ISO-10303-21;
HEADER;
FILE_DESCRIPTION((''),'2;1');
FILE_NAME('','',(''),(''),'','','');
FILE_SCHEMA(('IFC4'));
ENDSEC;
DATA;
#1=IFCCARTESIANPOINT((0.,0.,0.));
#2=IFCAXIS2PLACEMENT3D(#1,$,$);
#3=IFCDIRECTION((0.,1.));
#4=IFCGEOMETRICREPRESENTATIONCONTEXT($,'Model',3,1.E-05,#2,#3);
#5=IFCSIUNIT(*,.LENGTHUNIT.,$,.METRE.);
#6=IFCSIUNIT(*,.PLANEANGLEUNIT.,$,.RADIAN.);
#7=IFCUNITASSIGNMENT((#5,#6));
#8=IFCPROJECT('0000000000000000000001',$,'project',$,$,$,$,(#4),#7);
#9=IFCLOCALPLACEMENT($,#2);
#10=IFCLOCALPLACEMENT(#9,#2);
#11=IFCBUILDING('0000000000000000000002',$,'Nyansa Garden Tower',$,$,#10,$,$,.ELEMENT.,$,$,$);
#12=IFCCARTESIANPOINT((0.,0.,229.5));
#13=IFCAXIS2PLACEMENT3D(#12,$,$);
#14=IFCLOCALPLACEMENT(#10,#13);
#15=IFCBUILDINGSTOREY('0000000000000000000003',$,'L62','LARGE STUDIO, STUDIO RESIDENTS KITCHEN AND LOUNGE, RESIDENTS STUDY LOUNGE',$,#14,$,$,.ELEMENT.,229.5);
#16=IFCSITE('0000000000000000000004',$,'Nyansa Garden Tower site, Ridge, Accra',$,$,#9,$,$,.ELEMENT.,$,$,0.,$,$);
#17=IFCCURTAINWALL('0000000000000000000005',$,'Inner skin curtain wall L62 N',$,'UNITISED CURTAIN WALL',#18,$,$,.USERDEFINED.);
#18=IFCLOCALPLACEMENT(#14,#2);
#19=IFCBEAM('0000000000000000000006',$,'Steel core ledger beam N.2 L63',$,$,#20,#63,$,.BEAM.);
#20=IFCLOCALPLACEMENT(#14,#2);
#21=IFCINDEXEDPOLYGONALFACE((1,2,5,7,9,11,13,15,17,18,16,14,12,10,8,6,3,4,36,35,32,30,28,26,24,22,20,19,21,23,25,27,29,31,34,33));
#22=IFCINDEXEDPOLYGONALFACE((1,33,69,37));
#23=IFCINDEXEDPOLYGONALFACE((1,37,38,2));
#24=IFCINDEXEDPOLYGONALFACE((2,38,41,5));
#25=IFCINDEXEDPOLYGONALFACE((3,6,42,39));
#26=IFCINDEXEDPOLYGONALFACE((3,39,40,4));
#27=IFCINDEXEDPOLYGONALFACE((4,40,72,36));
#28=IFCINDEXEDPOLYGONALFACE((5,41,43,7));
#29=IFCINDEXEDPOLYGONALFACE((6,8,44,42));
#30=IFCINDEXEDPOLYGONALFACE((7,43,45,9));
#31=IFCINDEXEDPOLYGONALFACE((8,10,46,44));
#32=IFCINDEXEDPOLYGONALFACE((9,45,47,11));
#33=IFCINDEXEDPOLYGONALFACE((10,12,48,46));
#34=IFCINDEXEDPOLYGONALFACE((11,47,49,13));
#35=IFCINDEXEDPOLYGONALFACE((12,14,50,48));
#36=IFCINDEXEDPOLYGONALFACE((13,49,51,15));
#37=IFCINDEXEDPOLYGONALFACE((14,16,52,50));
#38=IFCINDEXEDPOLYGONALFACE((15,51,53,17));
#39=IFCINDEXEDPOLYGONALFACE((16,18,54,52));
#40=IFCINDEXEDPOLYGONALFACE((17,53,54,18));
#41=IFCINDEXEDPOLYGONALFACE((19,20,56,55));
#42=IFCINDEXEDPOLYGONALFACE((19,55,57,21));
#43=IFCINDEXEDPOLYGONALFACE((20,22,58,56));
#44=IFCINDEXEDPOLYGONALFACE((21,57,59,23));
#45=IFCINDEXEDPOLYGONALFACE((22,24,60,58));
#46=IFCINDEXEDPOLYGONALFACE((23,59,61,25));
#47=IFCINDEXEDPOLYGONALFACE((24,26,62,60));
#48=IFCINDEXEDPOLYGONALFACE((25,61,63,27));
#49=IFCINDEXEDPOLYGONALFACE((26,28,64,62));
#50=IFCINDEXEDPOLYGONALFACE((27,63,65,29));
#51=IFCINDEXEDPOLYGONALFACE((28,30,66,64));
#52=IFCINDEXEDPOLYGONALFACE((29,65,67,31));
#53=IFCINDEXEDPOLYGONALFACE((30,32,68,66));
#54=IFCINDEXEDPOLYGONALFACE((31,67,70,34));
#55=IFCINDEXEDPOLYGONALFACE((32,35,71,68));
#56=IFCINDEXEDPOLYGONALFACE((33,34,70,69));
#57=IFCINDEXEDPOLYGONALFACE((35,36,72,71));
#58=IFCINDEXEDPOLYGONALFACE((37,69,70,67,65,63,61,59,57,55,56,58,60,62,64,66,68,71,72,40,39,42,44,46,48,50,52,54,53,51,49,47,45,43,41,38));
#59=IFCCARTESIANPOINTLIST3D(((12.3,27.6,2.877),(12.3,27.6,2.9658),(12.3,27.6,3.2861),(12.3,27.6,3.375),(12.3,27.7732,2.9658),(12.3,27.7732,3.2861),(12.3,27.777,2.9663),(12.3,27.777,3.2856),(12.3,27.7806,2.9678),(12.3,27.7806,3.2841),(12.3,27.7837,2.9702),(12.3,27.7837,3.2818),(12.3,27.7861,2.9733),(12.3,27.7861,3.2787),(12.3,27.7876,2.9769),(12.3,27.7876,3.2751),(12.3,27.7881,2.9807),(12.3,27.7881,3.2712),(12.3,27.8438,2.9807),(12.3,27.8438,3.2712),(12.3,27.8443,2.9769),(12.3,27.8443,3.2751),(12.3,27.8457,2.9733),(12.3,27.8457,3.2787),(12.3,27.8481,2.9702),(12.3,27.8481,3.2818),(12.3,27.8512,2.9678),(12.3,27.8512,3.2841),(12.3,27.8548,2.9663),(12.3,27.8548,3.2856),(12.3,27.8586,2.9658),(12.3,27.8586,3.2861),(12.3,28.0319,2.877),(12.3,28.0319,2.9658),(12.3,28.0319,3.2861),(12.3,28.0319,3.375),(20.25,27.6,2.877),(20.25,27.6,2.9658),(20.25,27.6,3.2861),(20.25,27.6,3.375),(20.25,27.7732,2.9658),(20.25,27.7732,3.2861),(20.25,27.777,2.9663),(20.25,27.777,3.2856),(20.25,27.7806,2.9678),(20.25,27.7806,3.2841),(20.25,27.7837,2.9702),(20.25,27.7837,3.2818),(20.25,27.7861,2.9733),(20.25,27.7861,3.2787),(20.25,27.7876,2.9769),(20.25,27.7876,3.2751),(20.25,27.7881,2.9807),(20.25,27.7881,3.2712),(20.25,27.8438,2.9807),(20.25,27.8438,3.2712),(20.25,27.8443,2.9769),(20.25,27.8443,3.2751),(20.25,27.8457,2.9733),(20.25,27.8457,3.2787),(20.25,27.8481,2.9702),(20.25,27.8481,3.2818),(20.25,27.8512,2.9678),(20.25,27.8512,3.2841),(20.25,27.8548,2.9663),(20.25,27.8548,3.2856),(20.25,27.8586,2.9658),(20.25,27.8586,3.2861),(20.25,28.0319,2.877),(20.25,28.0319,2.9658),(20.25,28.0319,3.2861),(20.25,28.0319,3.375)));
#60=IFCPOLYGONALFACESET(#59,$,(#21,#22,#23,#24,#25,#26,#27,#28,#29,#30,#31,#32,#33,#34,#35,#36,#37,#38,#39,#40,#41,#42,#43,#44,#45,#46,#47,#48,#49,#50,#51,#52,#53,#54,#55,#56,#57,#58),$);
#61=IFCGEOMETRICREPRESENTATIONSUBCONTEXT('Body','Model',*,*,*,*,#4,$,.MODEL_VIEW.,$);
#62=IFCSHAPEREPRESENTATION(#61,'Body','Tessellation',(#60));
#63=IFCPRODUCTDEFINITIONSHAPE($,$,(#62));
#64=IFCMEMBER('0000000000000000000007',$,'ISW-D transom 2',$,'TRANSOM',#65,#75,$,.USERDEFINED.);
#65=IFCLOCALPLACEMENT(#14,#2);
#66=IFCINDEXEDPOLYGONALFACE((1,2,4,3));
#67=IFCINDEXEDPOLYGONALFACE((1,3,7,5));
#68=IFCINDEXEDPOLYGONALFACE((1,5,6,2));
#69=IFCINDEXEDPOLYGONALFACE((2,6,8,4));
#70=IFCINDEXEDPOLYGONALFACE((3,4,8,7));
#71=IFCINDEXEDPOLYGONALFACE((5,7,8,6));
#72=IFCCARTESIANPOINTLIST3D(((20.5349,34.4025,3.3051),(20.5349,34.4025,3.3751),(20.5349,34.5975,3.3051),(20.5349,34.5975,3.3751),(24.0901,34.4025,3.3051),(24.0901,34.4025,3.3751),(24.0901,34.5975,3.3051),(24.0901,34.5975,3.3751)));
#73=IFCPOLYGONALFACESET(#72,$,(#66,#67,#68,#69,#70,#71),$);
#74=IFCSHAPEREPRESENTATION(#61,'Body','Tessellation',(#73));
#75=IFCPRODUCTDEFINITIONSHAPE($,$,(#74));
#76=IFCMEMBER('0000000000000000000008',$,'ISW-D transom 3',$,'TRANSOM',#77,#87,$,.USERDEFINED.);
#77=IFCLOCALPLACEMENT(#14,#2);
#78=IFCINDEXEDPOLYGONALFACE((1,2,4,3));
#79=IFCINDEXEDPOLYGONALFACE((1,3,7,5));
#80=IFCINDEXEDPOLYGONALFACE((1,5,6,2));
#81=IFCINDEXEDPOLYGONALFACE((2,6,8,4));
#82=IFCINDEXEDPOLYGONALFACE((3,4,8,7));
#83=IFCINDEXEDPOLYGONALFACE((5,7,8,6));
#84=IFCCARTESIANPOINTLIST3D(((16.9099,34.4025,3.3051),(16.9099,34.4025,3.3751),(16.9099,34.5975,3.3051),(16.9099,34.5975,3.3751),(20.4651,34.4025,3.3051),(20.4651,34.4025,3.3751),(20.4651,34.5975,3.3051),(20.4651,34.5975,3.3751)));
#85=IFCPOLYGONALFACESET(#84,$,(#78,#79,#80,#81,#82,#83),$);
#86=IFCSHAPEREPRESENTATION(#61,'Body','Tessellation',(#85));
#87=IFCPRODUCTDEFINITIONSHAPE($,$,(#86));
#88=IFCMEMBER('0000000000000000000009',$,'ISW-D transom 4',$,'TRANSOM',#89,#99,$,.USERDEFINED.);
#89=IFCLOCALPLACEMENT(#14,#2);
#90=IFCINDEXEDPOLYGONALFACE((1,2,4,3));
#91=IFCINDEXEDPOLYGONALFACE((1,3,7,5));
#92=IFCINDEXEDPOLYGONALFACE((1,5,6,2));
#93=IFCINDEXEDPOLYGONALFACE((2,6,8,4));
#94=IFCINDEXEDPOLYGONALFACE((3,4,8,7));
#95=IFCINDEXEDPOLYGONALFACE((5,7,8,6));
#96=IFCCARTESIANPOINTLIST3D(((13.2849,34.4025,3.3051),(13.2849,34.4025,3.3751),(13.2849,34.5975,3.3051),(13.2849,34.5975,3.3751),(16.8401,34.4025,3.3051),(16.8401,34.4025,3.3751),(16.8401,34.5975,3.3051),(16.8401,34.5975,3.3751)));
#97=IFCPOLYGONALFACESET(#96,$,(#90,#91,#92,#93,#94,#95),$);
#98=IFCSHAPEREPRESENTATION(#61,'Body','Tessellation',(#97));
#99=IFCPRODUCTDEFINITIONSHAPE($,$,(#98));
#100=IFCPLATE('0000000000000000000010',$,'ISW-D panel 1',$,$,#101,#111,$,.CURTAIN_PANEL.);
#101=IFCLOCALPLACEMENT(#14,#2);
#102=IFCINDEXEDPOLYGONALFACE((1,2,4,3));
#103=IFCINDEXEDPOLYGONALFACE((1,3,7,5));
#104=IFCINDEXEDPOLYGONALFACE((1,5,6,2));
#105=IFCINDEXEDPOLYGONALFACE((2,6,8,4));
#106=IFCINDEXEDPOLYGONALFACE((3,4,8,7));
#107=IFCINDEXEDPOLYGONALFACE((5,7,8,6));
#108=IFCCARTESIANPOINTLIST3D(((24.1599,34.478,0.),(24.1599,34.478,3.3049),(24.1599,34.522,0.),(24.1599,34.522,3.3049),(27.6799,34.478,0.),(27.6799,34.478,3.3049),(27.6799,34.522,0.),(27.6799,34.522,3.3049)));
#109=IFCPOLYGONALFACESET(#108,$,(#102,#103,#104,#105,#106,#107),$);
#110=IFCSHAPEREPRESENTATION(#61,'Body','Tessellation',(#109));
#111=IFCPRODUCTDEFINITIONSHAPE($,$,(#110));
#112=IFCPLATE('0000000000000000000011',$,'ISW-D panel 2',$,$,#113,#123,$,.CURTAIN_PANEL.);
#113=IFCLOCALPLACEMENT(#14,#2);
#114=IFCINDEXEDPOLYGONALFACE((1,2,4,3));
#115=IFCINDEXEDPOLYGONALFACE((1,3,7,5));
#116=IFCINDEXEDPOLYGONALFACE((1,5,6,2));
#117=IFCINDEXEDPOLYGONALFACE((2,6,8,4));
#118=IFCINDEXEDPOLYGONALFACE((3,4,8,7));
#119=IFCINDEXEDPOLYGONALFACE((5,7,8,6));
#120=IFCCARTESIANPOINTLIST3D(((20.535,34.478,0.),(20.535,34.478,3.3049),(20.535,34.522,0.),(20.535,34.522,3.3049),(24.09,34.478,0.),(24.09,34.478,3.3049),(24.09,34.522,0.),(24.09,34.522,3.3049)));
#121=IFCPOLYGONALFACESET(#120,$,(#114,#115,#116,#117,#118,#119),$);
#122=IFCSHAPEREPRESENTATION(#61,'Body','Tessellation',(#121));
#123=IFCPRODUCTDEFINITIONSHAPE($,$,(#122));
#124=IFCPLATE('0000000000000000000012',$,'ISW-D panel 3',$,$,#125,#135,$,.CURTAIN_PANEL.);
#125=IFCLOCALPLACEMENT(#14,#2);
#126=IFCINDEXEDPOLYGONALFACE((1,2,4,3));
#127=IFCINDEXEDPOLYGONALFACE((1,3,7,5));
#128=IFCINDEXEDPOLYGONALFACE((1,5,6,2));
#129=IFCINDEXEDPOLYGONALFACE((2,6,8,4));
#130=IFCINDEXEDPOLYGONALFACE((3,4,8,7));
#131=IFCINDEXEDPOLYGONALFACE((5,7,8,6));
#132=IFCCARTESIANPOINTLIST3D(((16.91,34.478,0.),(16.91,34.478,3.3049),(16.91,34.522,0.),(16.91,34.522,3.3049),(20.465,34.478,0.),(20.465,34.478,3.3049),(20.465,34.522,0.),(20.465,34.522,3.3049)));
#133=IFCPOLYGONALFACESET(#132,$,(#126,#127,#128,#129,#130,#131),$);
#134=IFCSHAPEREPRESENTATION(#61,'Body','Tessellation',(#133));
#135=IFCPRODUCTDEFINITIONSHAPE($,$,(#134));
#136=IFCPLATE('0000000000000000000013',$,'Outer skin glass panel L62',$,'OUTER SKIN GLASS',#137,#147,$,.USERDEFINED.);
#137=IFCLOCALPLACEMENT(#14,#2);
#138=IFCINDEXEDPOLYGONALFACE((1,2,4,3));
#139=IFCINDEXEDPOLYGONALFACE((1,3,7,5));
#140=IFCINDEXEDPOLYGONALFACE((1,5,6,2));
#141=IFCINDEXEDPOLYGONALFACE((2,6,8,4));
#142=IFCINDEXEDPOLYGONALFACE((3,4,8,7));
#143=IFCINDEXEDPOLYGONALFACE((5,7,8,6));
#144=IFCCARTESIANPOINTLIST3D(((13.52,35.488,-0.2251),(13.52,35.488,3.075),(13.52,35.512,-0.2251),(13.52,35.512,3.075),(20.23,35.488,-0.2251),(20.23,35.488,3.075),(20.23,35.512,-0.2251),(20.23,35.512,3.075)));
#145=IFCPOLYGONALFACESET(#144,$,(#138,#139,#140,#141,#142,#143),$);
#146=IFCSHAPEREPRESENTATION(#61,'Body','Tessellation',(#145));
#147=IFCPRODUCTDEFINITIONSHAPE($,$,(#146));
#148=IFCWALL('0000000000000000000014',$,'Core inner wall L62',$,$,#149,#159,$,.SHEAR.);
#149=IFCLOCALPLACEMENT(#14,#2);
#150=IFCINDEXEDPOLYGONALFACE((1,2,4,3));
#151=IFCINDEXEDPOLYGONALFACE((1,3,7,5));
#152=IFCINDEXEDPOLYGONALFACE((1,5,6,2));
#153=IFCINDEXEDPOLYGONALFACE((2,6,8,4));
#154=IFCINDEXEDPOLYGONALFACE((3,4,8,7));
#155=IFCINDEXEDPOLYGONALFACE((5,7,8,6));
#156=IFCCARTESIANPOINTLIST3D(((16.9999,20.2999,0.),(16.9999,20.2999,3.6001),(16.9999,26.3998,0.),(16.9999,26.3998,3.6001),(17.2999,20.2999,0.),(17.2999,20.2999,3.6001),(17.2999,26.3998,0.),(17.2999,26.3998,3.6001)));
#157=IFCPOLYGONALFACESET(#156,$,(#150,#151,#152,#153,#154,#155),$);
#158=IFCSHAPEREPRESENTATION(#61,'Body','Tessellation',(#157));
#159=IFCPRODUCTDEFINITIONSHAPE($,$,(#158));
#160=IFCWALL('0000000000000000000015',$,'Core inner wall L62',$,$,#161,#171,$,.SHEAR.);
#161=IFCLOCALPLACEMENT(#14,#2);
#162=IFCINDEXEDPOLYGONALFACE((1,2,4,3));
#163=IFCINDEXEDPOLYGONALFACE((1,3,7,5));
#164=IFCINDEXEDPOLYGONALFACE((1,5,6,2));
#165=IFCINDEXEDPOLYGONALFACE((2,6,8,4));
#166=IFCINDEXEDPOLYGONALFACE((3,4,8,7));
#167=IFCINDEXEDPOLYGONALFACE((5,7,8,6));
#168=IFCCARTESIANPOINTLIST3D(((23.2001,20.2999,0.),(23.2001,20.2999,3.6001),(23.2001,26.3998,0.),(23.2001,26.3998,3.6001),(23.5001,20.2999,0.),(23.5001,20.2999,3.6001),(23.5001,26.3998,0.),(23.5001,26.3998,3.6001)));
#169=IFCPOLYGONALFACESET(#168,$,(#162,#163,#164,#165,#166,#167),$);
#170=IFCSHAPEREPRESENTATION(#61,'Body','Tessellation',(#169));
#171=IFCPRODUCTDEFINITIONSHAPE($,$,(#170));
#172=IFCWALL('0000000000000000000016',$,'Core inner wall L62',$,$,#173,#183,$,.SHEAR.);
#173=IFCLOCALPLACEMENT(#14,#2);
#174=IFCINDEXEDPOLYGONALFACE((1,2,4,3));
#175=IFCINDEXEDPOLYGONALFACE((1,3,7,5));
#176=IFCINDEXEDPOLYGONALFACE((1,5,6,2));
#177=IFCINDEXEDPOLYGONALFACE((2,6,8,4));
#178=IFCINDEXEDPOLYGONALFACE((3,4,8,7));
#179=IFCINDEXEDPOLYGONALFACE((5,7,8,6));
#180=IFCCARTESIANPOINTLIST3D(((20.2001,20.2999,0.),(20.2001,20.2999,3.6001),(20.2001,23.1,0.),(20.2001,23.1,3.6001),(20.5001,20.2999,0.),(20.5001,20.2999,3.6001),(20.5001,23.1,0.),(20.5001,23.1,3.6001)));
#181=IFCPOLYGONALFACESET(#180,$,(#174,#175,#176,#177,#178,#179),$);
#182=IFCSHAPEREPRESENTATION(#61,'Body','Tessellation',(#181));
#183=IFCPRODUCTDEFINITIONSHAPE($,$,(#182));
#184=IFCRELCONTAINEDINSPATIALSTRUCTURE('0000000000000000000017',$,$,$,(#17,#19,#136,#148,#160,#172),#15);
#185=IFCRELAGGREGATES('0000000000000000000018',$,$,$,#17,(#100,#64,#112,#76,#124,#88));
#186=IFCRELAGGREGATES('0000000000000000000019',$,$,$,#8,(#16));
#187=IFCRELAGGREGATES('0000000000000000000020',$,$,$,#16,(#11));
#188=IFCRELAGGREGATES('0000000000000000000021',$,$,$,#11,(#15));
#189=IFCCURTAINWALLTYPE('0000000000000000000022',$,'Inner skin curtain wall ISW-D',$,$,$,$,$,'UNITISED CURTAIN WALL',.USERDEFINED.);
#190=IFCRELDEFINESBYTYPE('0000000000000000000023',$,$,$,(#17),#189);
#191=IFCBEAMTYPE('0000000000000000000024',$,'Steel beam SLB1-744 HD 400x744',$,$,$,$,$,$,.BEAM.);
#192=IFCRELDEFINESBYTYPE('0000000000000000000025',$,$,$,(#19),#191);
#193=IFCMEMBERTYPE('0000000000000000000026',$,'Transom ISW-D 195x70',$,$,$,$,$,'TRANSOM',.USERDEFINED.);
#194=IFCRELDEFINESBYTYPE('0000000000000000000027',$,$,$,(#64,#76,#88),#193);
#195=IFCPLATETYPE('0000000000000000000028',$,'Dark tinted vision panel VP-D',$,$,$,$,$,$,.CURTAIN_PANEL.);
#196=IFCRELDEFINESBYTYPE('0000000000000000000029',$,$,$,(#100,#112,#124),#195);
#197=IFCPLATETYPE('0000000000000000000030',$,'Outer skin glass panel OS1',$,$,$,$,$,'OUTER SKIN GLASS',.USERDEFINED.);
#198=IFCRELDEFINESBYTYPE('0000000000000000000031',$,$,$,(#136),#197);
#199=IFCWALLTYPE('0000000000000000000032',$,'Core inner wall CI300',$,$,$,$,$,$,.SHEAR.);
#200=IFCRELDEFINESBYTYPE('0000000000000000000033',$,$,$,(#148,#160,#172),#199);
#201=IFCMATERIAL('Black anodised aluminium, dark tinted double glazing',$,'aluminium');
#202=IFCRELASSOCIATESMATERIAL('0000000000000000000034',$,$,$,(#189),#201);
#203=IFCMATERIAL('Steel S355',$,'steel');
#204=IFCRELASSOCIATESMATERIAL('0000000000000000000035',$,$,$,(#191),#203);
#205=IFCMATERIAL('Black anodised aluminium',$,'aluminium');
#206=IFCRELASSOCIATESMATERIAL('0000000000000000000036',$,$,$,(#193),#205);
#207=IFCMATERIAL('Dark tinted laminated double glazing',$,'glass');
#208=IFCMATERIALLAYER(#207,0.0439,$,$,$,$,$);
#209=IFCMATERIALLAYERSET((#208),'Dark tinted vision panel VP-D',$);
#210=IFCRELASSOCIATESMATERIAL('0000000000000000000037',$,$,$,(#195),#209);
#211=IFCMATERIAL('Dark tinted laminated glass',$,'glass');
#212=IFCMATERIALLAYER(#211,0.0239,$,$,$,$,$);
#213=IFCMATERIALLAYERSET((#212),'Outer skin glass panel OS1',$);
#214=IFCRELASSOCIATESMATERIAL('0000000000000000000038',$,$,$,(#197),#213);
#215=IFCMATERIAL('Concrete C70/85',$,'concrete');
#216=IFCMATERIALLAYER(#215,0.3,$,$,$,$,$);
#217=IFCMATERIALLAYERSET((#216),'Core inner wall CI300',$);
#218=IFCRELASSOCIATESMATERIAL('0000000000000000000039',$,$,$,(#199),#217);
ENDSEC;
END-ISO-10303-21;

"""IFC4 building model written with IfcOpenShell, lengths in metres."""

from ifc_helpers import new_model, si_unit, direction, frame, frame_2d, origin, origin_2d, place, context, subcontext, project, spatial, rectangle, i_section, extrude, material, layer, layer_set, material_profile, profile_set, type_object, element, aggregate, save


model = new_model("IFC4")

# Units and contexts
model_context = context("Model", 3, precision=1e-05, world=origin(), true_north=direction((0.0, 1.0)))
body_context = subcontext(model_context, "Body", "Model", "MODEL_VIEW")
ifc_project = project(units=[si_unit("LENGTHUNIT", "METRE"), si_unit("PLANEANGLEUNIT", "RADIAN")], contexts=[model_context])

# Site, building, storey
site_placement = place(None, origin())
site = spatial("IfcSite", under=ifc_project, at=site_placement, Name="Nyansa Garden Tower site, Ridge, Accra", CompositionType="ELEMENT", RefElevation=0.0)
building_placement = place(site_placement, origin())
building = spatial("IfcBuilding", under=site, at=building_placement, Name="Nyansa Garden Tower", CompositionType="ELEMENT")
storey_placement = place(building_placement, frame((0.0, 0.0, 229.5)))
storey = spatial("IfcBuildingStorey", under=building, at=storey_placement, Name="L62", Description="LARGE STUDIO, STUDIO RESIDENTS KITCHEN AND LOUNGE, RESIDENTS STUDY LOUNGE", CompositionType="ELEMENT", Elevation=229.5)

# Curtain wall
ifc_material_1 = material(Name="Black anodised aluminium, dark tinted double glazing", Category="aluminium")
curtain_wall_type = type_object("IfcCurtainWallType", Name="Inner skin curtain wall ISW-D", ElementType="UNITISED CURTAIN WALL", PredefinedType="USERDEFINED", material=ifc_material_1)
curtain_wall_placement = place(storey_placement, origin())
curtain_wall = element("IfcCurtainWall", 1, at=curtain_wall_placement, inside=storey, type_object=curtain_wall_type, Name="Inner skin curtain wall L62 N", ObjectType="UNITISED CURTAIN WALL", PredefinedType="USERDEFINED")

# Beam
ifc_material_2 = material(Name="Steel S355", Category="steel")
ifc_material_profile_1 = material_profile(ifc_material_2, i_section(OverallWidth=0.4319, OverallDepth=0.498, WebThickness=0.0557, FlangeThickness=0.0889, FilletRadius=0.0149, at=origin_2d()), Name="HD 400x744")
ifc_profile_set_1 = profile_set([ifc_material_profile_1], Name="Steel S355")
beam_type_1 = type_object("IfcBeamType", Name="Steel beam SLB1-744 HD 400x744", PredefinedType="BEAM", material=ifc_profile_set_1)
beam_1_placement = place(storey_placement, frame((20.25, 27.8159, 3.126), z_axis=(-1.0, 0.0, 0.0), x_axis=(0.0, -1.0, 0.0)))
element("IfcBeam", 2, at=beam_1_placement, inside=storey, type_object=beam_type_1, Name="Steel core ledger beam N.2 L63", PredefinedType="BEAM", context=body_context, shape_type="SweptSolid", body=[
    extrude(i_section(OverallWidth=0.4319, OverallDepth=0.498, WebThickness=0.0557, FlangeThickness=0.0889, FilletRadius=0.0149, at=origin_2d()), origin(), (0.0, 0.0, 1.0), 7.95),
])

# Members
ifc_material_3 = material(Name="Black anodised aluminium", Category="aluminium")
ifc_material_profile_2 = material_profile(ifc_material_3, rectangle(XDim=0.1951, YDim=0.0701, at=origin_2d()), Name="Transom 195x70")
ifc_profile_set_2 = profile_set([ifc_material_profile_2], Name="Black anodised aluminium")
member_type_1 = type_object("IfcMemberType", Name="Transom ISW-D 195x70", ElementType="TRANSOM", PredefinedType="USERDEFINED", material=ifc_profile_set_2)
member_1_placement = place(storey_placement, frame((24.0901, 34.5, 3.3401), z_axis=(-1.0, 0.0, 0.0), x_axis=(0.0, -1.0, 0.0)))
member_1 = element("IfcMember", 3, at=member_1_placement, type_object=member_type_1, Name="ISW-D transom 2", ObjectType="TRANSOM", PredefinedType="USERDEFINED", context=body_context, shape_type="SweptSolid", body=[
    extrude(rectangle(XDim=0.1951, YDim=0.0701, at=origin_2d()), origin(), (0.0, 0.0, 1.0), 3.5552),
])
member_2_placement = place(storey_placement, frame((20.4651, 34.5, 3.3401), z_axis=(-1.0, 0.0, 0.0), x_axis=(0.0, -1.0, 0.0)))
member_2 = element("IfcMember", 4, at=member_2_placement, type_object=member_type_1, Name="ISW-D transom 3", ObjectType="TRANSOM", PredefinedType="USERDEFINED", context=body_context, shape_type="SweptSolid", body=[
    extrude(rectangle(XDim=0.1951, YDim=0.0701, at=origin_2d()), origin(), (0.0, 0.0, 1.0), 3.5552),
])
member_3_placement = place(storey_placement, frame((16.8401, 34.5, 3.3401), z_axis=(-1.0, 0.0, 0.0), x_axis=(0.0, -1.0, 0.0)))
member_3 = element("IfcMember", 5, at=member_3_placement, type_object=member_type_1, Name="ISW-D transom 4", ObjectType="TRANSOM", PredefinedType="USERDEFINED", context=body_context, shape_type="SweptSolid", body=[
    extrude(rectangle(XDim=0.1951, YDim=0.0701, at=origin_2d()), origin(), (0.0, 0.0, 1.0), 3.5552),
])

# Plates
ifc_material_4 = material(Name="Dark tinted laminated double glazing", Category="glass")
ifc_layer_1 = layer(ifc_material_4, 0.0439)
ifc_layer_set_1 = layer_set([ifc_layer_1], Name="Dark tinted vision panel VP-D")
plate_type_1 = type_object("IfcPlateType", Name="Dark tinted vision panel VP-D", PredefinedType="CURTAIN_PANEL", material=ifc_layer_set_1)
plate_1_placement = place(storey_placement, frame((25.9199, 34.5, 0.0), z_axis=(0.0, 0.0, 1.0), x_axis=(-1.0, 0.0, 0.0)))
plate_1 = element("IfcPlate", 6, at=plate_1_placement, type_object=plate_type_1, Name="ISW-D panel 1", PredefinedType="CURTAIN_PANEL", context=body_context, shape_type="SweptSolid", body=[
    extrude(rectangle(XDim=3.52, YDim=0.0439, at=origin_2d()), origin(), (0.0, 0.0, 1.0), 3.3049),
])
plate_2_placement = place(storey_placement, frame((22.3125, 34.5, 0.0), z_axis=(0.0, 0.0, 1.0), x_axis=(-1.0, 0.0, 0.0)))
plate_2 = element("IfcPlate", 7, at=plate_2_placement, type_object=plate_type_1, Name="ISW-D panel 2", PredefinedType="CURTAIN_PANEL", context=body_context, shape_type="SweptSolid", body=[
    extrude(rectangle(XDim=3.5549, YDim=0.0439, at=origin_2d()), origin(), (0.0, 0.0, 1.0), 3.3049),
])
plate_3_placement = place(storey_placement, frame((18.6875, 34.5, 0.0), z_axis=(0.0, 0.0, 1.0), x_axis=(-1.0, 0.0, 0.0)))
plate_3 = element("IfcPlate", 8, at=plate_3_placement, type_object=plate_type_1, Name="ISW-D panel 3", PredefinedType="CURTAIN_PANEL", context=body_context, shape_type="SweptSolid", body=[
    extrude(rectangle(XDim=3.5549, YDim=0.0439, at=origin_2d()), origin(), (0.0, 0.0, 1.0), 3.3049),
])
aggregate(curtain_wall, [plate_1, member_1, plate_2, member_2, plate_3, member_3])
ifc_material_5 = material(Name="Dark tinted laminated glass", Category="glass")
ifc_layer_2 = layer(ifc_material_5, 0.0239)
ifc_layer_set_2 = layer_set([ifc_layer_2], Name="Outer skin glass panel OS1")
plate_type_2 = type_object("IfcPlateType", Name="Outer skin glass panel OS1", ElementType="OUTER SKIN GLASS", PredefinedType="USERDEFINED", material=ifc_layer_set_2)
plate_4_placement = place(storey_placement, frame((16.875, 35.5, -0.2251), z_axis=(0.0, 0.0, 1.0), x_axis=(1.0, 0.0, 0.0)))
element("IfcPlate", 9, at=plate_4_placement, inside=storey, type_object=plate_type_2, Name="Outer skin glass panel L62", ObjectType="OUTER SKIN GLASS", PredefinedType="USERDEFINED", context=body_context, shape_type="SweptSolid", body=[
    extrude(rectangle(XDim=6.71, YDim=0.0239, at=origin_2d()), origin(), (0.0, 0.0, 1.0), 3.3),
])

# Walls
ifc_material_6 = material(Name="Concrete C70/85", Category="concrete")
ifc_layer_3 = layer(ifc_material_6, 0.3)
ifc_layer_set_3 = layer_set([ifc_layer_3], Name="Core inner wall CI300")
wall_type_1 = type_object("IfcWallType", Name="Core inner wall CI300", PredefinedType="SHEAR", material=ifc_layer_set_3)
for number, where, z_axis, x_axis, name in (
    (10, (17.1499, 20.3, 0.0), (0.0, 0.0, 1.0), (0.0, 1.0, 0.0), "Core inner wall L62"),
    (11, (23.3501, 20.3, 0.0), (0.0, 0.0, 1.0), (0.0, 1.0, 0.0), "Core inner wall L62"),
):
    element("IfcWall", number, at=place(storey_placement, frame(where, z_axis=z_axis, x_axis=x_axis)), inside=storey, type_object=wall_type_1, Name=name, PredefinedType="SHEAR", context=body_context, shape_type="SweptSolid", body=[
        extrude(rectangle(XDim=6.0999, YDim=0.3, at=frame_2d((3.0498, 0.0))), origin(), (0.0, 0.0, 1.0), 3.6001),
    ])
wall_1_placement = place(storey_placement, frame((20.3501, 20.3, 0.0), z_axis=(0.0, 0.0, 1.0), x_axis=(0.0, 1.0, 0.0)))
element("IfcWall", 12, at=wall_1_placement, inside=storey, type_object=wall_type_1, Name="Core inner wall L62", PredefinedType="SHEAR", context=body_context, shape_type="SweptSolid", body=[
    extrude(rectangle(XDim=2.8, YDim=0.3, at=frame_2d((1.3999, 0.0))), origin(), (0.0, 0.0, 1.0), 3.6001),
])

save(model, "model.ifc")
